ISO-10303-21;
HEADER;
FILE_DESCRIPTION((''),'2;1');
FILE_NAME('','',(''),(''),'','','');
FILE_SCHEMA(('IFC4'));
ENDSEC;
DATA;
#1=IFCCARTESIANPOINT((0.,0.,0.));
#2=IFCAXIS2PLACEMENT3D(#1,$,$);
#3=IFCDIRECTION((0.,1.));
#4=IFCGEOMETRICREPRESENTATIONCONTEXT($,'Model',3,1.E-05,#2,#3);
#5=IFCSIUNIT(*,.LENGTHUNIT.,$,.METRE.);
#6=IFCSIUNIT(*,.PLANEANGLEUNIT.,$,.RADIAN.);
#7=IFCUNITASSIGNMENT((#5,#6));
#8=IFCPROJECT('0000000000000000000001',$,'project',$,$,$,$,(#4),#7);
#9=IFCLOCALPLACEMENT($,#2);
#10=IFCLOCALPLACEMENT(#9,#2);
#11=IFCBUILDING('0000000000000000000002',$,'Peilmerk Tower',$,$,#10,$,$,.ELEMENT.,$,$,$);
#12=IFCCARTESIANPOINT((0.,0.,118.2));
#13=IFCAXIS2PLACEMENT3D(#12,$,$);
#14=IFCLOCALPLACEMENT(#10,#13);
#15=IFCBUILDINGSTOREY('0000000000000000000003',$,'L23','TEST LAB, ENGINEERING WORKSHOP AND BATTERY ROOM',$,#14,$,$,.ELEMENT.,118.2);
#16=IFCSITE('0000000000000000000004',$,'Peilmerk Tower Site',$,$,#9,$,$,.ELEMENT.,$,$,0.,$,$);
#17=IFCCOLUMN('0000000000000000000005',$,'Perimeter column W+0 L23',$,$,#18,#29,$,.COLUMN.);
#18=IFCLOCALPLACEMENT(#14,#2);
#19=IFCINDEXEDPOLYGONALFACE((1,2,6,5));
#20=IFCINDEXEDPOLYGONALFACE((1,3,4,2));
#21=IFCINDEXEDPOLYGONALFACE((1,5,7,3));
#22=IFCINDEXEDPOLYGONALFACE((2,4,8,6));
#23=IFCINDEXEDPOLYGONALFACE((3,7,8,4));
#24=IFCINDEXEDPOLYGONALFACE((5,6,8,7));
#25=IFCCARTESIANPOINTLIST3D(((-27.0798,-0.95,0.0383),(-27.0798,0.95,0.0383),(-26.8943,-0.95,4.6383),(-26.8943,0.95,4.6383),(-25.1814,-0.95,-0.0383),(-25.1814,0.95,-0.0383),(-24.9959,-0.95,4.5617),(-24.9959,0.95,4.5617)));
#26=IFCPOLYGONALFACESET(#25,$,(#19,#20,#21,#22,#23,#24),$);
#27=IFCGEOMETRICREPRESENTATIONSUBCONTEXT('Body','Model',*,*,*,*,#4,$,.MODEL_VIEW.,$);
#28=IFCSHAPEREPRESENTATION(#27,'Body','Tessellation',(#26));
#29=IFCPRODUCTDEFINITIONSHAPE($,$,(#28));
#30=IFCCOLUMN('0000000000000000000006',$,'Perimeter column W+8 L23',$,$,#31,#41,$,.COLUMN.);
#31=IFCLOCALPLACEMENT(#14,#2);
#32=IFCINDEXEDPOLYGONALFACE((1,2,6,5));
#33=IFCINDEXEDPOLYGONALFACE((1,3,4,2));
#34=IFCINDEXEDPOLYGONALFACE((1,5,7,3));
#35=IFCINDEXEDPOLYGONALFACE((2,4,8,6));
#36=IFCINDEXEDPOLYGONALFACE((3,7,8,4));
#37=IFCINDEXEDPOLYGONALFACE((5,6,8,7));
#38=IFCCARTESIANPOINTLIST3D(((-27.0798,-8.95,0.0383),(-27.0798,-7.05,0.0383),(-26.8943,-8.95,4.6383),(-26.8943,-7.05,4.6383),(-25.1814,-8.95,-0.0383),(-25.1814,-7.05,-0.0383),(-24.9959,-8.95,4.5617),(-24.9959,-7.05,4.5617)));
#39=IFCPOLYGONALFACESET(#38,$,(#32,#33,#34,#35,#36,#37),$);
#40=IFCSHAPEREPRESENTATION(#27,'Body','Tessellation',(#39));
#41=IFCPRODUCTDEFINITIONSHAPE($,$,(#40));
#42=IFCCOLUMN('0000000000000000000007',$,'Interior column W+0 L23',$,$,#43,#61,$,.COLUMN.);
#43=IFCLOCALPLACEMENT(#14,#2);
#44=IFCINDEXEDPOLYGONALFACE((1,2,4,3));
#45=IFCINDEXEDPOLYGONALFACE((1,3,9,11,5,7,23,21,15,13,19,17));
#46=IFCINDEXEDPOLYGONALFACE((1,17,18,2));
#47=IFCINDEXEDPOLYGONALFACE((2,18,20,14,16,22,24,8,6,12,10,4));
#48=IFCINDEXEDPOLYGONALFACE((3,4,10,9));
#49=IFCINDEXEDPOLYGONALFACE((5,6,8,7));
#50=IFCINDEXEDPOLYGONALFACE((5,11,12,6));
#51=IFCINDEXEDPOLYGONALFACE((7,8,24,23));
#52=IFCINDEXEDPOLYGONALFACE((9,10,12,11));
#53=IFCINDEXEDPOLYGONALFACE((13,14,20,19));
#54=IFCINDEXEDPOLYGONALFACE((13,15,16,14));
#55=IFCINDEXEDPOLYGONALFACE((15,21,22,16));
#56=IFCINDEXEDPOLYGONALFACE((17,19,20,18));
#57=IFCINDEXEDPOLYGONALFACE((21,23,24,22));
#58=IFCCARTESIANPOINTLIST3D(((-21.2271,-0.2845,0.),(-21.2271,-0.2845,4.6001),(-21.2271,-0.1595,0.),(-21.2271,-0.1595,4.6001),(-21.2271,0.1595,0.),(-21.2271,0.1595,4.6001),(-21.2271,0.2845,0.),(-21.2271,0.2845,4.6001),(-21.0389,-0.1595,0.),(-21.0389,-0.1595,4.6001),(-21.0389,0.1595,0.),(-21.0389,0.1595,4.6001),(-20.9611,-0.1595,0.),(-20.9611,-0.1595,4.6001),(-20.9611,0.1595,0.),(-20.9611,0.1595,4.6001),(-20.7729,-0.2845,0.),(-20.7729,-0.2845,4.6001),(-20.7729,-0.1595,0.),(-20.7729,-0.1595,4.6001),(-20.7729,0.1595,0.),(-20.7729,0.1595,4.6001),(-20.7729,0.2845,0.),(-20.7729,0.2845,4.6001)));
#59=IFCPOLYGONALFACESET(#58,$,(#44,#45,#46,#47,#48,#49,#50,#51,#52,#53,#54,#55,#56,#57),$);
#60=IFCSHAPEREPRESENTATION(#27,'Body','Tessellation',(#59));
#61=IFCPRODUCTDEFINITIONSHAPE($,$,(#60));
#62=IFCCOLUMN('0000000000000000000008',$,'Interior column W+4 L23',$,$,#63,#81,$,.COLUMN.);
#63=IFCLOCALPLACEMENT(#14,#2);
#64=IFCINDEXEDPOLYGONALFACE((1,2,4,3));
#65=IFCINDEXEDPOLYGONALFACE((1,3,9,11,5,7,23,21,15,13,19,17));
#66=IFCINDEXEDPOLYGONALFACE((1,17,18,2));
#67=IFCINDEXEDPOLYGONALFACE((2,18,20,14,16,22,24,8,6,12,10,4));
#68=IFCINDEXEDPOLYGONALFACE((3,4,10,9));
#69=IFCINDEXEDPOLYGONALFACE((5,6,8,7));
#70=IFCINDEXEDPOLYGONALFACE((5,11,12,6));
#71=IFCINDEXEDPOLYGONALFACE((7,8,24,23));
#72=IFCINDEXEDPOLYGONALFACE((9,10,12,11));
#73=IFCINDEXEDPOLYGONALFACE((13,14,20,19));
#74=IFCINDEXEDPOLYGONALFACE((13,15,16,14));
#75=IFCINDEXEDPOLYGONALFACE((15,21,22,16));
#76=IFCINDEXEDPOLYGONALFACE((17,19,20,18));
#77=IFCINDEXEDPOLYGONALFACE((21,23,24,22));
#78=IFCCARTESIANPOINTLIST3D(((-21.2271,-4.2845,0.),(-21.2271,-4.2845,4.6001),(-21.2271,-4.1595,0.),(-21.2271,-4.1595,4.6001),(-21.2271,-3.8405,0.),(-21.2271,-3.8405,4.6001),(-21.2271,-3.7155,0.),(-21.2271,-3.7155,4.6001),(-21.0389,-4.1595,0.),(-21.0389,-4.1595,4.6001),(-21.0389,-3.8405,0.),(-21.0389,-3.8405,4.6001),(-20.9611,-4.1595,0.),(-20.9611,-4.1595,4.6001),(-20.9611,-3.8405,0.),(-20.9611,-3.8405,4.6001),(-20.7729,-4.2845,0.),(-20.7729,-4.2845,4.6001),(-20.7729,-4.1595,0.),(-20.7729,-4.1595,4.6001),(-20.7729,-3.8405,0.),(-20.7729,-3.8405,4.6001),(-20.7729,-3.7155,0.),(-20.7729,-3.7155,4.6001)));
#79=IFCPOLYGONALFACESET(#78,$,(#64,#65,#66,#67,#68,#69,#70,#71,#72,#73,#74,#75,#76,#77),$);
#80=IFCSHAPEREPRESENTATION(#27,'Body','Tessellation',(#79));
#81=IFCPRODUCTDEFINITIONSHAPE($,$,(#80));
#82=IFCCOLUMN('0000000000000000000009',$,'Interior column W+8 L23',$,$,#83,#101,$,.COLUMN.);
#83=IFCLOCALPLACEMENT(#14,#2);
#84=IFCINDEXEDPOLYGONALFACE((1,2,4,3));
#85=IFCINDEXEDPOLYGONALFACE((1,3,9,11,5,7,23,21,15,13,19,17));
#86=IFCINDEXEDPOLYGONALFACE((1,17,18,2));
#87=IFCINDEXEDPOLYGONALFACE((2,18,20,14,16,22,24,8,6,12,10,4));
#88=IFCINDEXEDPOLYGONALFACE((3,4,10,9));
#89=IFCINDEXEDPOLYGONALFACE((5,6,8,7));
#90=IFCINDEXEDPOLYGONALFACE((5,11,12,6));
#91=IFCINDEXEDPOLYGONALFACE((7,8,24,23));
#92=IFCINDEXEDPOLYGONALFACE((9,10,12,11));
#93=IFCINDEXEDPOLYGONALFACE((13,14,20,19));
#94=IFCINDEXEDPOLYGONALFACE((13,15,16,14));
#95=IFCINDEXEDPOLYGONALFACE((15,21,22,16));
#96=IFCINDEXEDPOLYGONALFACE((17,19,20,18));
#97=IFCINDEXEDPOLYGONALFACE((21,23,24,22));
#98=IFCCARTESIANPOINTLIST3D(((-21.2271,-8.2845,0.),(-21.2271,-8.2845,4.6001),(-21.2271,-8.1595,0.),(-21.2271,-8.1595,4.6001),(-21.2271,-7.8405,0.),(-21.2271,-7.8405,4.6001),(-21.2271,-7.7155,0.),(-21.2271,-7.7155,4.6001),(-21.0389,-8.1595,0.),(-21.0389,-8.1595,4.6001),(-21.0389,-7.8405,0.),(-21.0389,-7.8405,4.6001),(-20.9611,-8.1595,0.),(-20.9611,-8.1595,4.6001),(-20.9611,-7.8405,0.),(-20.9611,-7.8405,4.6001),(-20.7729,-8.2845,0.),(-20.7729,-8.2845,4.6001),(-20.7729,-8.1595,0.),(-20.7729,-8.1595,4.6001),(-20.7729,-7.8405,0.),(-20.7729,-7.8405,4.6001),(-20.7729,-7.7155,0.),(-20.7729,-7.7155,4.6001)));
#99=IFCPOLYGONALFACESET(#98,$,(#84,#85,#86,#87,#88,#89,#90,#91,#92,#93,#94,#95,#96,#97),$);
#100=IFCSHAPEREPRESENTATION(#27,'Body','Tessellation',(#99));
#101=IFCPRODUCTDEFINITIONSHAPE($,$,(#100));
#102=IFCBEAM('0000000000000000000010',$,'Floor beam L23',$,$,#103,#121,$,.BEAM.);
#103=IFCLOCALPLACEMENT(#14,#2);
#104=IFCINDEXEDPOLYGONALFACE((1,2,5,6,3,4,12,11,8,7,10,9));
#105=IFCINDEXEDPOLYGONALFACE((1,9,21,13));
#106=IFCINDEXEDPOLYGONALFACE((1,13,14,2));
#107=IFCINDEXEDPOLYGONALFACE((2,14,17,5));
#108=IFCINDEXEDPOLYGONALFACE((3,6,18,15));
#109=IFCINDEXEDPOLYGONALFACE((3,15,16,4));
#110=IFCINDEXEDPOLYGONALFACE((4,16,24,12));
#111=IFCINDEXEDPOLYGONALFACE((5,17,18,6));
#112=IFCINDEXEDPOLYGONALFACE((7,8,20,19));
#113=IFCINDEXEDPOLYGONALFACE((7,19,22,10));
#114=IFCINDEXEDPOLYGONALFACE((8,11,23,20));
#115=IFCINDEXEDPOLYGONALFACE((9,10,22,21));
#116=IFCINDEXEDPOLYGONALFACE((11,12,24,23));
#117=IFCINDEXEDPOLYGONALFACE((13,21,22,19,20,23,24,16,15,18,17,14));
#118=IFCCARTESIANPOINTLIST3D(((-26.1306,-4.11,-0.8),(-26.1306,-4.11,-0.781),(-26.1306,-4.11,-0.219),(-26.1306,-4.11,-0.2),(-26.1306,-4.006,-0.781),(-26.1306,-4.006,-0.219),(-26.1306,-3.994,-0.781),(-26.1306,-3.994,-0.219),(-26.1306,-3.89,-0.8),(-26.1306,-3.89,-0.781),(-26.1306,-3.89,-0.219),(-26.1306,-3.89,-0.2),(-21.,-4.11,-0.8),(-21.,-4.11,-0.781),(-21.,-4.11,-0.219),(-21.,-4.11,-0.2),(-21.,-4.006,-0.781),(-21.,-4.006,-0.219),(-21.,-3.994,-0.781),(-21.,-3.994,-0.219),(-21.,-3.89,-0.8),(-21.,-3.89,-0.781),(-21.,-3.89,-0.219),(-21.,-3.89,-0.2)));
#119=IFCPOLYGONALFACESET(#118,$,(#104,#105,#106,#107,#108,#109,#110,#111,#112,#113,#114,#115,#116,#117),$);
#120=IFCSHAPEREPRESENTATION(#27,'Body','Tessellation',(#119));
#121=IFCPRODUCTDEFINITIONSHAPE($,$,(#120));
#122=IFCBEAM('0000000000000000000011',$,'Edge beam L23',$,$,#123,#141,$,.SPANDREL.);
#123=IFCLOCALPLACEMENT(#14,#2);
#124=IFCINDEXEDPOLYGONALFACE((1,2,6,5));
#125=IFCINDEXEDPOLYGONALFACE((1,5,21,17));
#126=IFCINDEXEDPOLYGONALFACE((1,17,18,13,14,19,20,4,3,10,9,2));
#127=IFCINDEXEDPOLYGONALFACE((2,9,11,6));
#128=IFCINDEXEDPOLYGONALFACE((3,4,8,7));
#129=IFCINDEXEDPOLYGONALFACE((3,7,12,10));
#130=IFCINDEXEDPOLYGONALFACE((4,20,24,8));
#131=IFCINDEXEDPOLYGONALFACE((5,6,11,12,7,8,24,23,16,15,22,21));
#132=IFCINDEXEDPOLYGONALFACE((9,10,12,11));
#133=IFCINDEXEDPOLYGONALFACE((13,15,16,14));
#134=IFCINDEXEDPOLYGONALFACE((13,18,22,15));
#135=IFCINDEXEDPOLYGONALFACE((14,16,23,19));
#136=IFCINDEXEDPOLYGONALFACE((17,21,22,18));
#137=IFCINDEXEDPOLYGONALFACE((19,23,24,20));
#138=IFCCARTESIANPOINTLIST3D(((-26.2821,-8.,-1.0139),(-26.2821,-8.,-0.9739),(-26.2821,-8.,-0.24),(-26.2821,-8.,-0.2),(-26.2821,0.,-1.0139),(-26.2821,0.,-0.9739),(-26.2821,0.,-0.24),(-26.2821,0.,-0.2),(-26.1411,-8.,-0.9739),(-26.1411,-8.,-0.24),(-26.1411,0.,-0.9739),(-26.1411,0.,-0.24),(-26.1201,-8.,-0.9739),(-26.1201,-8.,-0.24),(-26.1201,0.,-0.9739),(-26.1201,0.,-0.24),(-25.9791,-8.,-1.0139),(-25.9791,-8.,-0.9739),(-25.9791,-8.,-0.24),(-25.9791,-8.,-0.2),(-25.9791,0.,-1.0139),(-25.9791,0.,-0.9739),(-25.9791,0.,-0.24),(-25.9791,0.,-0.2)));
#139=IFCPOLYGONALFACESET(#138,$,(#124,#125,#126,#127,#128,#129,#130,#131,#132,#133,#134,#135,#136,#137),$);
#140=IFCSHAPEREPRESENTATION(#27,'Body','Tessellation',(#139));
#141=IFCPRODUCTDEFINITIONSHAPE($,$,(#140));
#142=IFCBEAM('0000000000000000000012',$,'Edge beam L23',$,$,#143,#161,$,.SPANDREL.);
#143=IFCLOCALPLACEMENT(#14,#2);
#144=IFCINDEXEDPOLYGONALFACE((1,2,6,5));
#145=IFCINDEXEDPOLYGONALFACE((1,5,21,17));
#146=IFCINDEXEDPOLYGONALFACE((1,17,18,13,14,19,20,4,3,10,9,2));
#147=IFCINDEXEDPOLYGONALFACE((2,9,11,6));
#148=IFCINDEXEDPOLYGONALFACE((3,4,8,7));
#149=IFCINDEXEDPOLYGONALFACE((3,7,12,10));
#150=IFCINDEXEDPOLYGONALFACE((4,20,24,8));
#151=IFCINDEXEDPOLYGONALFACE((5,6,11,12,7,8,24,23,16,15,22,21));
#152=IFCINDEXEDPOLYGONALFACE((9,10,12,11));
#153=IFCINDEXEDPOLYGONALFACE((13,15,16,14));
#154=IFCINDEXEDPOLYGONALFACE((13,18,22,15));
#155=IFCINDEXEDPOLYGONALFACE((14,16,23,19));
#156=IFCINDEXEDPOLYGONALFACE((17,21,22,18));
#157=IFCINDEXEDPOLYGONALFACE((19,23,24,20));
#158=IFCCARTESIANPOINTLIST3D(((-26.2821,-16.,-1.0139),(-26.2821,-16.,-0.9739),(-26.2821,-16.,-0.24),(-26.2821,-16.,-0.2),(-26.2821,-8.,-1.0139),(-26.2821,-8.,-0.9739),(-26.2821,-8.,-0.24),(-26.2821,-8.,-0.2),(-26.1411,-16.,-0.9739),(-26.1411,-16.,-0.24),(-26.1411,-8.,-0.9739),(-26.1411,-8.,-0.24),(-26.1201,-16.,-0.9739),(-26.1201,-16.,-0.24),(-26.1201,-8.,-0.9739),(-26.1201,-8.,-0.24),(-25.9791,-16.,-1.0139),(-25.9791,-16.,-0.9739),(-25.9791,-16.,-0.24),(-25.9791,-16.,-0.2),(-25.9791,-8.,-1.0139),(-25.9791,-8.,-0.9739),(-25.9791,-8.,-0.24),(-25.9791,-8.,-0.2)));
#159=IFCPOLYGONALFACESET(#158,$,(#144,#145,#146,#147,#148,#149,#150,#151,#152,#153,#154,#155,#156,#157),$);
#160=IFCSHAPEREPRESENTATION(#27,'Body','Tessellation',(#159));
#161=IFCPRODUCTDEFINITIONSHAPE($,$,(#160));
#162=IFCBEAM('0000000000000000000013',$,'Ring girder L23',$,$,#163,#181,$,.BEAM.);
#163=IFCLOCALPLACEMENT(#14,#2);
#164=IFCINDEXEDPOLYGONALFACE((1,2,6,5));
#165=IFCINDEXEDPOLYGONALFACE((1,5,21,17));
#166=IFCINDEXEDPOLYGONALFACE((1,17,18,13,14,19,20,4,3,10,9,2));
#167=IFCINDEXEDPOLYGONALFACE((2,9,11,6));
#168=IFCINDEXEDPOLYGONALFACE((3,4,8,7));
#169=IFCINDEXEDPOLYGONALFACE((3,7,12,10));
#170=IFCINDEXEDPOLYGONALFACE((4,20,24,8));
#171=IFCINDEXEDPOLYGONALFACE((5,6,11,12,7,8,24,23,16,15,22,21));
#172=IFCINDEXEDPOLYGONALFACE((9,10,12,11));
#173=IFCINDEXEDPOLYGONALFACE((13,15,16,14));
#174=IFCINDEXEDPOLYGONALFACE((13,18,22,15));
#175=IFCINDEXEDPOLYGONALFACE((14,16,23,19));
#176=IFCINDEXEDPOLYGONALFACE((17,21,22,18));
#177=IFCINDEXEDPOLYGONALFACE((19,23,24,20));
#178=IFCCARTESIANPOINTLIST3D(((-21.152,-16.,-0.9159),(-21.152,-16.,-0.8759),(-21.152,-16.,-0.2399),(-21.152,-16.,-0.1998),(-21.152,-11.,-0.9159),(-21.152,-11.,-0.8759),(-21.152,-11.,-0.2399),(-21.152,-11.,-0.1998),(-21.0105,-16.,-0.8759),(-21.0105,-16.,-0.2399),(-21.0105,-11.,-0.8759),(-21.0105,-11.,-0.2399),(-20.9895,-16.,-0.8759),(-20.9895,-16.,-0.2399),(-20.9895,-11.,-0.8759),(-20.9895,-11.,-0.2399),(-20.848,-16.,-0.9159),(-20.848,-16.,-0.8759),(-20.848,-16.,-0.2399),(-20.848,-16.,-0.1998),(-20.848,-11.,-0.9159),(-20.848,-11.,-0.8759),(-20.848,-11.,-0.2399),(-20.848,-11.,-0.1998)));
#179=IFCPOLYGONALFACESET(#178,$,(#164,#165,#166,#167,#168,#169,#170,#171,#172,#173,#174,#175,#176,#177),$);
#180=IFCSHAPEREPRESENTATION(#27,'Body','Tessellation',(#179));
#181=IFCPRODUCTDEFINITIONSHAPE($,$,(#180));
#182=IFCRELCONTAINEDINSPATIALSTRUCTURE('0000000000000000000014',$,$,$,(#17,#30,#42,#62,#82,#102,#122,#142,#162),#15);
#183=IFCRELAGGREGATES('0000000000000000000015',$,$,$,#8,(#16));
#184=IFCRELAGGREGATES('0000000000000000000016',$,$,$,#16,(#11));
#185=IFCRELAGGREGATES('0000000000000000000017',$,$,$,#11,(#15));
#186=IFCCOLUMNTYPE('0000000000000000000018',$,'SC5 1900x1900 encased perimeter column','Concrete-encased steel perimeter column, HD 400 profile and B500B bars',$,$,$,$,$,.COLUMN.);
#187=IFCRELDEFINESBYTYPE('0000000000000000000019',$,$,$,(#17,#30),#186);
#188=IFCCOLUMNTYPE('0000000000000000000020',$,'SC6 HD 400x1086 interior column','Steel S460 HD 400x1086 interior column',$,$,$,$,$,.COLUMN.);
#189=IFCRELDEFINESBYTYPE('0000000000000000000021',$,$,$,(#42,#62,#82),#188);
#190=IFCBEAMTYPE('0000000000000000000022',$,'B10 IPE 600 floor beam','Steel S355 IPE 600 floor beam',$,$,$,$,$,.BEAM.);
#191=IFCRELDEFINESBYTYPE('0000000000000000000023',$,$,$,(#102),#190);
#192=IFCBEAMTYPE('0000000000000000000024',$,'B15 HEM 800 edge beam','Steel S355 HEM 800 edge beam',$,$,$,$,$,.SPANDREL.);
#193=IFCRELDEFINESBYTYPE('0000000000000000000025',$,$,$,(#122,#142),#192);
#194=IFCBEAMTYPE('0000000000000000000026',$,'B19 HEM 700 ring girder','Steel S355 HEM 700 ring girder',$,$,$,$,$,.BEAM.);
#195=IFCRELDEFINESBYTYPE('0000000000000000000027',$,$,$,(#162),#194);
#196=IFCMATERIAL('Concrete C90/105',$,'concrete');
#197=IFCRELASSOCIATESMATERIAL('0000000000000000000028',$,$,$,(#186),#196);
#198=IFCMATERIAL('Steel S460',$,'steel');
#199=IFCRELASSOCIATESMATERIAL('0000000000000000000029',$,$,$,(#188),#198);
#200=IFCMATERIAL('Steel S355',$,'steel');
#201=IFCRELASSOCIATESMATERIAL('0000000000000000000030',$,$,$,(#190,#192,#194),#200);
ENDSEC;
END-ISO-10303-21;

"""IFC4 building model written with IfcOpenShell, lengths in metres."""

from ifc_helpers import new_model, si_unit, direction, frame, origin, origin_2d, place, context, subcontext, project, spatial, rectangle, i_section, extrude, material, material_profile, profile_set, type_object, element, save


model = new_model("IFC4")

# Units and contexts
model_context = context("Model", 3, precision=1e-05, world=origin(), true_north=direction((0.0, 1.0)))
body_context = subcontext(model_context, "Body", "Model", "MODEL_VIEW")
ifc_project = project(units=[si_unit("LENGTHUNIT", "METRE"), si_unit("PLANEANGLEUNIT", "RADIAN")], contexts=[model_context])

# Site, building, storey
site_placement = place(None, origin())
site = spatial("IfcSite", under=ifc_project, at=site_placement, Name="Peilmerk Tower Site", CompositionType="ELEMENT", RefElevation=0.0)
building_placement = place(site_placement, origin())
building = spatial("IfcBuilding", under=site, at=building_placement, Name="Peilmerk Tower", CompositionType="ELEMENT")
storey_placement = place(building_placement, frame((0.0, 0.0, 118.2)))
storey = spatial("IfcBuildingStorey", under=building, at=storey_placement, Name="L23", Description="TEST LAB, ENGINEERING WORKSHOP AND BATTERY ROOM", CompositionType="ELEMENT", Elevation=118.2)

# Columns
ifc_material_1 = material(Name="Concrete C90/105", Category="concrete")
ifc_material_profile_1 = material_profile(ifc_material_1, rectangle(XDim=1.8999, YDim=1.8999, at=origin_2d()), Name="RC 1900x1900")
ifc_profile_set_1 = profile_set([ifc_material_profile_1], Name="Concrete C90/105")
column_type_1 = type_object("IfcColumnType", Name="SC5 1900x1900 encased perimeter column", Description="Concrete-encased steel perimeter column, HD 400 profile and B500B bars", PredefinedType="COLUMN", material=ifc_profile_set_1)
for number, where, z_axis, x_axis, name in (
    (1, (-26.1306, 0.0, 0.0), (0.040303, 0.0, 0.999188), (0.0, 1.0, 0.0), "Perimeter column W+0 L23"),
    (2, (-26.1306, -8.0, 0.0), (0.040303, 0.0, 0.999188), (0.0, 1.0, 0.0), "Perimeter column W+8 L23"),
):
    element("IfcColumn", number, at=place(storey_placement, frame(where, z_axis=z_axis, x_axis=x_axis)), inside=storey, type_object=column_type_1, Name=name, PredefinedType="COLUMN", context=body_context, shape_type="SweptSolid", body=[
        extrude(rectangle(XDim=1.8999, YDim=1.8999, at=origin_2d()), origin(), (0.0, 0.0, 1.0), 4.6038),
    ])
ifc_material_2 = material(Name="Steel S460", Category="steel")
ifc_material_profile_2 = material_profile(ifc_material_2, i_section(OverallWidth=0.4541, OverallDepth=0.5691, WebThickness=0.0779, FlangeThickness=0.125, at=origin_2d()), Name="HD 400x1086")
ifc_profile_set_2 = profile_set([ifc_material_profile_2], Name="Steel S460")
column_type_2 = type_object("IfcColumnType", Name="SC6 HD 400x1086 interior column", Description="Steel S460 HD 400x1086 interior column", PredefinedType="COLUMN", material=ifc_profile_set_2)
for number, where, z_axis, x_axis, name in (
    (3, (-21.0, 0.0, 0.0), (0.0, 0.0, 1.0), (1.0, 0.0, 0.0), "Interior column W+0 L23"),
    (4, (-21.0, -4.0, 0.0), (0.0, 0.0, 1.0), (1.0, 0.0, 0.0), "Interior column W+4 L23"),
    (5, (-21.0, -8.0, 0.0), (0.0, 0.0, 1.0), (1.0, 0.0, 0.0), "Interior column W+8 L23"),
):
    element("IfcColumn", number, at=place(storey_placement, frame(where, z_axis=z_axis, x_axis=x_axis)), inside=storey, type_object=column_type_2, Name=name, PredefinedType="COLUMN", context=body_context, shape_type="SweptSolid", body=[
        extrude(i_section(OverallWidth=0.4541, OverallDepth=0.5691, WebThickness=0.0779, FlangeThickness=0.125, at=origin_2d()), origin(), (0.0, 0.0, 1.0), 4.6001),
    ])

# Beams
ifc_material_3 = material(Name="Steel S355", Category="steel")
ifc_material_profile_3 = material_profile(ifc_material_3, i_section(OverallWidth=0.22, OverallDepth=0.6001, WebThickness=0.012, FlangeThickness=0.019, at=origin_2d()), Name="IPE 600")
ifc_profile_set_3 = profile_set([ifc_material_profile_3], Name="Steel S355")
beam_type_1 = type_object("IfcBeamType", Name="B10 IPE 600 floor beam", Description="Steel S355 IPE 600 floor beam", PredefinedType="BEAM", material=ifc_profile_set_3)
beam_1_placement = place(storey_placement, frame((-21.0, -4.0, -0.5), z_axis=(-1.0, 0.0, 0.0), x_axis=(0.0, -1.0, 0.0)))
element("IfcBeam", 6, at=beam_1_placement, inside=storey, type_object=beam_type_1, Name="Floor beam L23", PredefinedType="BEAM", context=body_context, shape_type="SweptSolid", body=[
    extrude(i_section(OverallWidth=0.22, OverallDepth=0.6001, WebThickness=0.012, FlangeThickness=0.019, at=origin_2d()), origin(), (0.0, 0.0, 1.0), 5.1306),
])
ifc_material_profile_4 = material_profile(ifc_material_3, i_section(OverallWidth=0.303, OverallDepth=0.814, WebThickness=0.021, FlangeThickness=0.04, at=origin_2d()), Name="HEM 800")
ifc_profile_set_4 = profile_set([ifc_material_profile_4], Name="Steel S355")
beam_type_2 = type_object("IfcBeamType", Name="B15 HEM 800 edge beam", Description="Steel S355 HEM 800 edge beam", PredefinedType="SPANDREL", material=ifc_profile_set_4)
for number, where, z_axis, x_axis, name in (
    (7, (-26.1306, 0.0, -0.6069), (0.0, -1.0, 0.0), (1.0, 0.0, 0.0), "Edge beam L23"),
    (8, (-26.1306, -8.0, -0.6069), (0.0, -1.0, 0.0), (1.0, 0.0, 0.0), "Edge beam L23"),
):
    element("IfcBeam", number, at=place(storey_placement, frame(where, z_axis=z_axis, x_axis=x_axis)), inside=storey, type_object=beam_type_2, Name=name, PredefinedType="SPANDREL", context=body_context, shape_type="SweptSolid", body=[
        extrude(i_section(OverallWidth=0.303, OverallDepth=0.814, WebThickness=0.021, FlangeThickness=0.04, at=origin_2d()), origin(), (0.0, 0.0, 1.0), 8.0),
    ])
ifc_material_profile_5 = material_profile(ifc_material_3, i_section(OverallWidth=0.304, OverallDepth=0.7161, WebThickness=0.021, FlangeThickness=0.04, at=origin_2d()), Name="HEM 700")
ifc_profile_set_5 = profile_set([ifc_material_profile_5], Name="Steel S355")
beam_type_3 = type_object("IfcBeamType", Name="B19 HEM 700 ring girder", Description="Steel S355 HEM 700 ring girder", PredefinedType="BEAM", material=ifc_profile_set_5)
beam_2_placement = place(storey_placement, frame((-21.0, -11.0, -0.5579), z_axis=(0.0, -1.0, 0.0), x_axis=(1.0, 0.0, 0.0)))
element("IfcBeam", 9, at=beam_2_placement, inside=storey, type_object=beam_type_3, Name="Ring girder L23", PredefinedType="BEAM", context=body_context, shape_type="SweptSolid", body=[
    extrude(i_section(OverallWidth=0.304, OverallDepth=0.7161, WebThickness=0.021, FlangeThickness=0.04, at=origin_2d()), origin(), (0.0, 0.0, 1.0), 5.0),
])

save(model, "model.ifc")
